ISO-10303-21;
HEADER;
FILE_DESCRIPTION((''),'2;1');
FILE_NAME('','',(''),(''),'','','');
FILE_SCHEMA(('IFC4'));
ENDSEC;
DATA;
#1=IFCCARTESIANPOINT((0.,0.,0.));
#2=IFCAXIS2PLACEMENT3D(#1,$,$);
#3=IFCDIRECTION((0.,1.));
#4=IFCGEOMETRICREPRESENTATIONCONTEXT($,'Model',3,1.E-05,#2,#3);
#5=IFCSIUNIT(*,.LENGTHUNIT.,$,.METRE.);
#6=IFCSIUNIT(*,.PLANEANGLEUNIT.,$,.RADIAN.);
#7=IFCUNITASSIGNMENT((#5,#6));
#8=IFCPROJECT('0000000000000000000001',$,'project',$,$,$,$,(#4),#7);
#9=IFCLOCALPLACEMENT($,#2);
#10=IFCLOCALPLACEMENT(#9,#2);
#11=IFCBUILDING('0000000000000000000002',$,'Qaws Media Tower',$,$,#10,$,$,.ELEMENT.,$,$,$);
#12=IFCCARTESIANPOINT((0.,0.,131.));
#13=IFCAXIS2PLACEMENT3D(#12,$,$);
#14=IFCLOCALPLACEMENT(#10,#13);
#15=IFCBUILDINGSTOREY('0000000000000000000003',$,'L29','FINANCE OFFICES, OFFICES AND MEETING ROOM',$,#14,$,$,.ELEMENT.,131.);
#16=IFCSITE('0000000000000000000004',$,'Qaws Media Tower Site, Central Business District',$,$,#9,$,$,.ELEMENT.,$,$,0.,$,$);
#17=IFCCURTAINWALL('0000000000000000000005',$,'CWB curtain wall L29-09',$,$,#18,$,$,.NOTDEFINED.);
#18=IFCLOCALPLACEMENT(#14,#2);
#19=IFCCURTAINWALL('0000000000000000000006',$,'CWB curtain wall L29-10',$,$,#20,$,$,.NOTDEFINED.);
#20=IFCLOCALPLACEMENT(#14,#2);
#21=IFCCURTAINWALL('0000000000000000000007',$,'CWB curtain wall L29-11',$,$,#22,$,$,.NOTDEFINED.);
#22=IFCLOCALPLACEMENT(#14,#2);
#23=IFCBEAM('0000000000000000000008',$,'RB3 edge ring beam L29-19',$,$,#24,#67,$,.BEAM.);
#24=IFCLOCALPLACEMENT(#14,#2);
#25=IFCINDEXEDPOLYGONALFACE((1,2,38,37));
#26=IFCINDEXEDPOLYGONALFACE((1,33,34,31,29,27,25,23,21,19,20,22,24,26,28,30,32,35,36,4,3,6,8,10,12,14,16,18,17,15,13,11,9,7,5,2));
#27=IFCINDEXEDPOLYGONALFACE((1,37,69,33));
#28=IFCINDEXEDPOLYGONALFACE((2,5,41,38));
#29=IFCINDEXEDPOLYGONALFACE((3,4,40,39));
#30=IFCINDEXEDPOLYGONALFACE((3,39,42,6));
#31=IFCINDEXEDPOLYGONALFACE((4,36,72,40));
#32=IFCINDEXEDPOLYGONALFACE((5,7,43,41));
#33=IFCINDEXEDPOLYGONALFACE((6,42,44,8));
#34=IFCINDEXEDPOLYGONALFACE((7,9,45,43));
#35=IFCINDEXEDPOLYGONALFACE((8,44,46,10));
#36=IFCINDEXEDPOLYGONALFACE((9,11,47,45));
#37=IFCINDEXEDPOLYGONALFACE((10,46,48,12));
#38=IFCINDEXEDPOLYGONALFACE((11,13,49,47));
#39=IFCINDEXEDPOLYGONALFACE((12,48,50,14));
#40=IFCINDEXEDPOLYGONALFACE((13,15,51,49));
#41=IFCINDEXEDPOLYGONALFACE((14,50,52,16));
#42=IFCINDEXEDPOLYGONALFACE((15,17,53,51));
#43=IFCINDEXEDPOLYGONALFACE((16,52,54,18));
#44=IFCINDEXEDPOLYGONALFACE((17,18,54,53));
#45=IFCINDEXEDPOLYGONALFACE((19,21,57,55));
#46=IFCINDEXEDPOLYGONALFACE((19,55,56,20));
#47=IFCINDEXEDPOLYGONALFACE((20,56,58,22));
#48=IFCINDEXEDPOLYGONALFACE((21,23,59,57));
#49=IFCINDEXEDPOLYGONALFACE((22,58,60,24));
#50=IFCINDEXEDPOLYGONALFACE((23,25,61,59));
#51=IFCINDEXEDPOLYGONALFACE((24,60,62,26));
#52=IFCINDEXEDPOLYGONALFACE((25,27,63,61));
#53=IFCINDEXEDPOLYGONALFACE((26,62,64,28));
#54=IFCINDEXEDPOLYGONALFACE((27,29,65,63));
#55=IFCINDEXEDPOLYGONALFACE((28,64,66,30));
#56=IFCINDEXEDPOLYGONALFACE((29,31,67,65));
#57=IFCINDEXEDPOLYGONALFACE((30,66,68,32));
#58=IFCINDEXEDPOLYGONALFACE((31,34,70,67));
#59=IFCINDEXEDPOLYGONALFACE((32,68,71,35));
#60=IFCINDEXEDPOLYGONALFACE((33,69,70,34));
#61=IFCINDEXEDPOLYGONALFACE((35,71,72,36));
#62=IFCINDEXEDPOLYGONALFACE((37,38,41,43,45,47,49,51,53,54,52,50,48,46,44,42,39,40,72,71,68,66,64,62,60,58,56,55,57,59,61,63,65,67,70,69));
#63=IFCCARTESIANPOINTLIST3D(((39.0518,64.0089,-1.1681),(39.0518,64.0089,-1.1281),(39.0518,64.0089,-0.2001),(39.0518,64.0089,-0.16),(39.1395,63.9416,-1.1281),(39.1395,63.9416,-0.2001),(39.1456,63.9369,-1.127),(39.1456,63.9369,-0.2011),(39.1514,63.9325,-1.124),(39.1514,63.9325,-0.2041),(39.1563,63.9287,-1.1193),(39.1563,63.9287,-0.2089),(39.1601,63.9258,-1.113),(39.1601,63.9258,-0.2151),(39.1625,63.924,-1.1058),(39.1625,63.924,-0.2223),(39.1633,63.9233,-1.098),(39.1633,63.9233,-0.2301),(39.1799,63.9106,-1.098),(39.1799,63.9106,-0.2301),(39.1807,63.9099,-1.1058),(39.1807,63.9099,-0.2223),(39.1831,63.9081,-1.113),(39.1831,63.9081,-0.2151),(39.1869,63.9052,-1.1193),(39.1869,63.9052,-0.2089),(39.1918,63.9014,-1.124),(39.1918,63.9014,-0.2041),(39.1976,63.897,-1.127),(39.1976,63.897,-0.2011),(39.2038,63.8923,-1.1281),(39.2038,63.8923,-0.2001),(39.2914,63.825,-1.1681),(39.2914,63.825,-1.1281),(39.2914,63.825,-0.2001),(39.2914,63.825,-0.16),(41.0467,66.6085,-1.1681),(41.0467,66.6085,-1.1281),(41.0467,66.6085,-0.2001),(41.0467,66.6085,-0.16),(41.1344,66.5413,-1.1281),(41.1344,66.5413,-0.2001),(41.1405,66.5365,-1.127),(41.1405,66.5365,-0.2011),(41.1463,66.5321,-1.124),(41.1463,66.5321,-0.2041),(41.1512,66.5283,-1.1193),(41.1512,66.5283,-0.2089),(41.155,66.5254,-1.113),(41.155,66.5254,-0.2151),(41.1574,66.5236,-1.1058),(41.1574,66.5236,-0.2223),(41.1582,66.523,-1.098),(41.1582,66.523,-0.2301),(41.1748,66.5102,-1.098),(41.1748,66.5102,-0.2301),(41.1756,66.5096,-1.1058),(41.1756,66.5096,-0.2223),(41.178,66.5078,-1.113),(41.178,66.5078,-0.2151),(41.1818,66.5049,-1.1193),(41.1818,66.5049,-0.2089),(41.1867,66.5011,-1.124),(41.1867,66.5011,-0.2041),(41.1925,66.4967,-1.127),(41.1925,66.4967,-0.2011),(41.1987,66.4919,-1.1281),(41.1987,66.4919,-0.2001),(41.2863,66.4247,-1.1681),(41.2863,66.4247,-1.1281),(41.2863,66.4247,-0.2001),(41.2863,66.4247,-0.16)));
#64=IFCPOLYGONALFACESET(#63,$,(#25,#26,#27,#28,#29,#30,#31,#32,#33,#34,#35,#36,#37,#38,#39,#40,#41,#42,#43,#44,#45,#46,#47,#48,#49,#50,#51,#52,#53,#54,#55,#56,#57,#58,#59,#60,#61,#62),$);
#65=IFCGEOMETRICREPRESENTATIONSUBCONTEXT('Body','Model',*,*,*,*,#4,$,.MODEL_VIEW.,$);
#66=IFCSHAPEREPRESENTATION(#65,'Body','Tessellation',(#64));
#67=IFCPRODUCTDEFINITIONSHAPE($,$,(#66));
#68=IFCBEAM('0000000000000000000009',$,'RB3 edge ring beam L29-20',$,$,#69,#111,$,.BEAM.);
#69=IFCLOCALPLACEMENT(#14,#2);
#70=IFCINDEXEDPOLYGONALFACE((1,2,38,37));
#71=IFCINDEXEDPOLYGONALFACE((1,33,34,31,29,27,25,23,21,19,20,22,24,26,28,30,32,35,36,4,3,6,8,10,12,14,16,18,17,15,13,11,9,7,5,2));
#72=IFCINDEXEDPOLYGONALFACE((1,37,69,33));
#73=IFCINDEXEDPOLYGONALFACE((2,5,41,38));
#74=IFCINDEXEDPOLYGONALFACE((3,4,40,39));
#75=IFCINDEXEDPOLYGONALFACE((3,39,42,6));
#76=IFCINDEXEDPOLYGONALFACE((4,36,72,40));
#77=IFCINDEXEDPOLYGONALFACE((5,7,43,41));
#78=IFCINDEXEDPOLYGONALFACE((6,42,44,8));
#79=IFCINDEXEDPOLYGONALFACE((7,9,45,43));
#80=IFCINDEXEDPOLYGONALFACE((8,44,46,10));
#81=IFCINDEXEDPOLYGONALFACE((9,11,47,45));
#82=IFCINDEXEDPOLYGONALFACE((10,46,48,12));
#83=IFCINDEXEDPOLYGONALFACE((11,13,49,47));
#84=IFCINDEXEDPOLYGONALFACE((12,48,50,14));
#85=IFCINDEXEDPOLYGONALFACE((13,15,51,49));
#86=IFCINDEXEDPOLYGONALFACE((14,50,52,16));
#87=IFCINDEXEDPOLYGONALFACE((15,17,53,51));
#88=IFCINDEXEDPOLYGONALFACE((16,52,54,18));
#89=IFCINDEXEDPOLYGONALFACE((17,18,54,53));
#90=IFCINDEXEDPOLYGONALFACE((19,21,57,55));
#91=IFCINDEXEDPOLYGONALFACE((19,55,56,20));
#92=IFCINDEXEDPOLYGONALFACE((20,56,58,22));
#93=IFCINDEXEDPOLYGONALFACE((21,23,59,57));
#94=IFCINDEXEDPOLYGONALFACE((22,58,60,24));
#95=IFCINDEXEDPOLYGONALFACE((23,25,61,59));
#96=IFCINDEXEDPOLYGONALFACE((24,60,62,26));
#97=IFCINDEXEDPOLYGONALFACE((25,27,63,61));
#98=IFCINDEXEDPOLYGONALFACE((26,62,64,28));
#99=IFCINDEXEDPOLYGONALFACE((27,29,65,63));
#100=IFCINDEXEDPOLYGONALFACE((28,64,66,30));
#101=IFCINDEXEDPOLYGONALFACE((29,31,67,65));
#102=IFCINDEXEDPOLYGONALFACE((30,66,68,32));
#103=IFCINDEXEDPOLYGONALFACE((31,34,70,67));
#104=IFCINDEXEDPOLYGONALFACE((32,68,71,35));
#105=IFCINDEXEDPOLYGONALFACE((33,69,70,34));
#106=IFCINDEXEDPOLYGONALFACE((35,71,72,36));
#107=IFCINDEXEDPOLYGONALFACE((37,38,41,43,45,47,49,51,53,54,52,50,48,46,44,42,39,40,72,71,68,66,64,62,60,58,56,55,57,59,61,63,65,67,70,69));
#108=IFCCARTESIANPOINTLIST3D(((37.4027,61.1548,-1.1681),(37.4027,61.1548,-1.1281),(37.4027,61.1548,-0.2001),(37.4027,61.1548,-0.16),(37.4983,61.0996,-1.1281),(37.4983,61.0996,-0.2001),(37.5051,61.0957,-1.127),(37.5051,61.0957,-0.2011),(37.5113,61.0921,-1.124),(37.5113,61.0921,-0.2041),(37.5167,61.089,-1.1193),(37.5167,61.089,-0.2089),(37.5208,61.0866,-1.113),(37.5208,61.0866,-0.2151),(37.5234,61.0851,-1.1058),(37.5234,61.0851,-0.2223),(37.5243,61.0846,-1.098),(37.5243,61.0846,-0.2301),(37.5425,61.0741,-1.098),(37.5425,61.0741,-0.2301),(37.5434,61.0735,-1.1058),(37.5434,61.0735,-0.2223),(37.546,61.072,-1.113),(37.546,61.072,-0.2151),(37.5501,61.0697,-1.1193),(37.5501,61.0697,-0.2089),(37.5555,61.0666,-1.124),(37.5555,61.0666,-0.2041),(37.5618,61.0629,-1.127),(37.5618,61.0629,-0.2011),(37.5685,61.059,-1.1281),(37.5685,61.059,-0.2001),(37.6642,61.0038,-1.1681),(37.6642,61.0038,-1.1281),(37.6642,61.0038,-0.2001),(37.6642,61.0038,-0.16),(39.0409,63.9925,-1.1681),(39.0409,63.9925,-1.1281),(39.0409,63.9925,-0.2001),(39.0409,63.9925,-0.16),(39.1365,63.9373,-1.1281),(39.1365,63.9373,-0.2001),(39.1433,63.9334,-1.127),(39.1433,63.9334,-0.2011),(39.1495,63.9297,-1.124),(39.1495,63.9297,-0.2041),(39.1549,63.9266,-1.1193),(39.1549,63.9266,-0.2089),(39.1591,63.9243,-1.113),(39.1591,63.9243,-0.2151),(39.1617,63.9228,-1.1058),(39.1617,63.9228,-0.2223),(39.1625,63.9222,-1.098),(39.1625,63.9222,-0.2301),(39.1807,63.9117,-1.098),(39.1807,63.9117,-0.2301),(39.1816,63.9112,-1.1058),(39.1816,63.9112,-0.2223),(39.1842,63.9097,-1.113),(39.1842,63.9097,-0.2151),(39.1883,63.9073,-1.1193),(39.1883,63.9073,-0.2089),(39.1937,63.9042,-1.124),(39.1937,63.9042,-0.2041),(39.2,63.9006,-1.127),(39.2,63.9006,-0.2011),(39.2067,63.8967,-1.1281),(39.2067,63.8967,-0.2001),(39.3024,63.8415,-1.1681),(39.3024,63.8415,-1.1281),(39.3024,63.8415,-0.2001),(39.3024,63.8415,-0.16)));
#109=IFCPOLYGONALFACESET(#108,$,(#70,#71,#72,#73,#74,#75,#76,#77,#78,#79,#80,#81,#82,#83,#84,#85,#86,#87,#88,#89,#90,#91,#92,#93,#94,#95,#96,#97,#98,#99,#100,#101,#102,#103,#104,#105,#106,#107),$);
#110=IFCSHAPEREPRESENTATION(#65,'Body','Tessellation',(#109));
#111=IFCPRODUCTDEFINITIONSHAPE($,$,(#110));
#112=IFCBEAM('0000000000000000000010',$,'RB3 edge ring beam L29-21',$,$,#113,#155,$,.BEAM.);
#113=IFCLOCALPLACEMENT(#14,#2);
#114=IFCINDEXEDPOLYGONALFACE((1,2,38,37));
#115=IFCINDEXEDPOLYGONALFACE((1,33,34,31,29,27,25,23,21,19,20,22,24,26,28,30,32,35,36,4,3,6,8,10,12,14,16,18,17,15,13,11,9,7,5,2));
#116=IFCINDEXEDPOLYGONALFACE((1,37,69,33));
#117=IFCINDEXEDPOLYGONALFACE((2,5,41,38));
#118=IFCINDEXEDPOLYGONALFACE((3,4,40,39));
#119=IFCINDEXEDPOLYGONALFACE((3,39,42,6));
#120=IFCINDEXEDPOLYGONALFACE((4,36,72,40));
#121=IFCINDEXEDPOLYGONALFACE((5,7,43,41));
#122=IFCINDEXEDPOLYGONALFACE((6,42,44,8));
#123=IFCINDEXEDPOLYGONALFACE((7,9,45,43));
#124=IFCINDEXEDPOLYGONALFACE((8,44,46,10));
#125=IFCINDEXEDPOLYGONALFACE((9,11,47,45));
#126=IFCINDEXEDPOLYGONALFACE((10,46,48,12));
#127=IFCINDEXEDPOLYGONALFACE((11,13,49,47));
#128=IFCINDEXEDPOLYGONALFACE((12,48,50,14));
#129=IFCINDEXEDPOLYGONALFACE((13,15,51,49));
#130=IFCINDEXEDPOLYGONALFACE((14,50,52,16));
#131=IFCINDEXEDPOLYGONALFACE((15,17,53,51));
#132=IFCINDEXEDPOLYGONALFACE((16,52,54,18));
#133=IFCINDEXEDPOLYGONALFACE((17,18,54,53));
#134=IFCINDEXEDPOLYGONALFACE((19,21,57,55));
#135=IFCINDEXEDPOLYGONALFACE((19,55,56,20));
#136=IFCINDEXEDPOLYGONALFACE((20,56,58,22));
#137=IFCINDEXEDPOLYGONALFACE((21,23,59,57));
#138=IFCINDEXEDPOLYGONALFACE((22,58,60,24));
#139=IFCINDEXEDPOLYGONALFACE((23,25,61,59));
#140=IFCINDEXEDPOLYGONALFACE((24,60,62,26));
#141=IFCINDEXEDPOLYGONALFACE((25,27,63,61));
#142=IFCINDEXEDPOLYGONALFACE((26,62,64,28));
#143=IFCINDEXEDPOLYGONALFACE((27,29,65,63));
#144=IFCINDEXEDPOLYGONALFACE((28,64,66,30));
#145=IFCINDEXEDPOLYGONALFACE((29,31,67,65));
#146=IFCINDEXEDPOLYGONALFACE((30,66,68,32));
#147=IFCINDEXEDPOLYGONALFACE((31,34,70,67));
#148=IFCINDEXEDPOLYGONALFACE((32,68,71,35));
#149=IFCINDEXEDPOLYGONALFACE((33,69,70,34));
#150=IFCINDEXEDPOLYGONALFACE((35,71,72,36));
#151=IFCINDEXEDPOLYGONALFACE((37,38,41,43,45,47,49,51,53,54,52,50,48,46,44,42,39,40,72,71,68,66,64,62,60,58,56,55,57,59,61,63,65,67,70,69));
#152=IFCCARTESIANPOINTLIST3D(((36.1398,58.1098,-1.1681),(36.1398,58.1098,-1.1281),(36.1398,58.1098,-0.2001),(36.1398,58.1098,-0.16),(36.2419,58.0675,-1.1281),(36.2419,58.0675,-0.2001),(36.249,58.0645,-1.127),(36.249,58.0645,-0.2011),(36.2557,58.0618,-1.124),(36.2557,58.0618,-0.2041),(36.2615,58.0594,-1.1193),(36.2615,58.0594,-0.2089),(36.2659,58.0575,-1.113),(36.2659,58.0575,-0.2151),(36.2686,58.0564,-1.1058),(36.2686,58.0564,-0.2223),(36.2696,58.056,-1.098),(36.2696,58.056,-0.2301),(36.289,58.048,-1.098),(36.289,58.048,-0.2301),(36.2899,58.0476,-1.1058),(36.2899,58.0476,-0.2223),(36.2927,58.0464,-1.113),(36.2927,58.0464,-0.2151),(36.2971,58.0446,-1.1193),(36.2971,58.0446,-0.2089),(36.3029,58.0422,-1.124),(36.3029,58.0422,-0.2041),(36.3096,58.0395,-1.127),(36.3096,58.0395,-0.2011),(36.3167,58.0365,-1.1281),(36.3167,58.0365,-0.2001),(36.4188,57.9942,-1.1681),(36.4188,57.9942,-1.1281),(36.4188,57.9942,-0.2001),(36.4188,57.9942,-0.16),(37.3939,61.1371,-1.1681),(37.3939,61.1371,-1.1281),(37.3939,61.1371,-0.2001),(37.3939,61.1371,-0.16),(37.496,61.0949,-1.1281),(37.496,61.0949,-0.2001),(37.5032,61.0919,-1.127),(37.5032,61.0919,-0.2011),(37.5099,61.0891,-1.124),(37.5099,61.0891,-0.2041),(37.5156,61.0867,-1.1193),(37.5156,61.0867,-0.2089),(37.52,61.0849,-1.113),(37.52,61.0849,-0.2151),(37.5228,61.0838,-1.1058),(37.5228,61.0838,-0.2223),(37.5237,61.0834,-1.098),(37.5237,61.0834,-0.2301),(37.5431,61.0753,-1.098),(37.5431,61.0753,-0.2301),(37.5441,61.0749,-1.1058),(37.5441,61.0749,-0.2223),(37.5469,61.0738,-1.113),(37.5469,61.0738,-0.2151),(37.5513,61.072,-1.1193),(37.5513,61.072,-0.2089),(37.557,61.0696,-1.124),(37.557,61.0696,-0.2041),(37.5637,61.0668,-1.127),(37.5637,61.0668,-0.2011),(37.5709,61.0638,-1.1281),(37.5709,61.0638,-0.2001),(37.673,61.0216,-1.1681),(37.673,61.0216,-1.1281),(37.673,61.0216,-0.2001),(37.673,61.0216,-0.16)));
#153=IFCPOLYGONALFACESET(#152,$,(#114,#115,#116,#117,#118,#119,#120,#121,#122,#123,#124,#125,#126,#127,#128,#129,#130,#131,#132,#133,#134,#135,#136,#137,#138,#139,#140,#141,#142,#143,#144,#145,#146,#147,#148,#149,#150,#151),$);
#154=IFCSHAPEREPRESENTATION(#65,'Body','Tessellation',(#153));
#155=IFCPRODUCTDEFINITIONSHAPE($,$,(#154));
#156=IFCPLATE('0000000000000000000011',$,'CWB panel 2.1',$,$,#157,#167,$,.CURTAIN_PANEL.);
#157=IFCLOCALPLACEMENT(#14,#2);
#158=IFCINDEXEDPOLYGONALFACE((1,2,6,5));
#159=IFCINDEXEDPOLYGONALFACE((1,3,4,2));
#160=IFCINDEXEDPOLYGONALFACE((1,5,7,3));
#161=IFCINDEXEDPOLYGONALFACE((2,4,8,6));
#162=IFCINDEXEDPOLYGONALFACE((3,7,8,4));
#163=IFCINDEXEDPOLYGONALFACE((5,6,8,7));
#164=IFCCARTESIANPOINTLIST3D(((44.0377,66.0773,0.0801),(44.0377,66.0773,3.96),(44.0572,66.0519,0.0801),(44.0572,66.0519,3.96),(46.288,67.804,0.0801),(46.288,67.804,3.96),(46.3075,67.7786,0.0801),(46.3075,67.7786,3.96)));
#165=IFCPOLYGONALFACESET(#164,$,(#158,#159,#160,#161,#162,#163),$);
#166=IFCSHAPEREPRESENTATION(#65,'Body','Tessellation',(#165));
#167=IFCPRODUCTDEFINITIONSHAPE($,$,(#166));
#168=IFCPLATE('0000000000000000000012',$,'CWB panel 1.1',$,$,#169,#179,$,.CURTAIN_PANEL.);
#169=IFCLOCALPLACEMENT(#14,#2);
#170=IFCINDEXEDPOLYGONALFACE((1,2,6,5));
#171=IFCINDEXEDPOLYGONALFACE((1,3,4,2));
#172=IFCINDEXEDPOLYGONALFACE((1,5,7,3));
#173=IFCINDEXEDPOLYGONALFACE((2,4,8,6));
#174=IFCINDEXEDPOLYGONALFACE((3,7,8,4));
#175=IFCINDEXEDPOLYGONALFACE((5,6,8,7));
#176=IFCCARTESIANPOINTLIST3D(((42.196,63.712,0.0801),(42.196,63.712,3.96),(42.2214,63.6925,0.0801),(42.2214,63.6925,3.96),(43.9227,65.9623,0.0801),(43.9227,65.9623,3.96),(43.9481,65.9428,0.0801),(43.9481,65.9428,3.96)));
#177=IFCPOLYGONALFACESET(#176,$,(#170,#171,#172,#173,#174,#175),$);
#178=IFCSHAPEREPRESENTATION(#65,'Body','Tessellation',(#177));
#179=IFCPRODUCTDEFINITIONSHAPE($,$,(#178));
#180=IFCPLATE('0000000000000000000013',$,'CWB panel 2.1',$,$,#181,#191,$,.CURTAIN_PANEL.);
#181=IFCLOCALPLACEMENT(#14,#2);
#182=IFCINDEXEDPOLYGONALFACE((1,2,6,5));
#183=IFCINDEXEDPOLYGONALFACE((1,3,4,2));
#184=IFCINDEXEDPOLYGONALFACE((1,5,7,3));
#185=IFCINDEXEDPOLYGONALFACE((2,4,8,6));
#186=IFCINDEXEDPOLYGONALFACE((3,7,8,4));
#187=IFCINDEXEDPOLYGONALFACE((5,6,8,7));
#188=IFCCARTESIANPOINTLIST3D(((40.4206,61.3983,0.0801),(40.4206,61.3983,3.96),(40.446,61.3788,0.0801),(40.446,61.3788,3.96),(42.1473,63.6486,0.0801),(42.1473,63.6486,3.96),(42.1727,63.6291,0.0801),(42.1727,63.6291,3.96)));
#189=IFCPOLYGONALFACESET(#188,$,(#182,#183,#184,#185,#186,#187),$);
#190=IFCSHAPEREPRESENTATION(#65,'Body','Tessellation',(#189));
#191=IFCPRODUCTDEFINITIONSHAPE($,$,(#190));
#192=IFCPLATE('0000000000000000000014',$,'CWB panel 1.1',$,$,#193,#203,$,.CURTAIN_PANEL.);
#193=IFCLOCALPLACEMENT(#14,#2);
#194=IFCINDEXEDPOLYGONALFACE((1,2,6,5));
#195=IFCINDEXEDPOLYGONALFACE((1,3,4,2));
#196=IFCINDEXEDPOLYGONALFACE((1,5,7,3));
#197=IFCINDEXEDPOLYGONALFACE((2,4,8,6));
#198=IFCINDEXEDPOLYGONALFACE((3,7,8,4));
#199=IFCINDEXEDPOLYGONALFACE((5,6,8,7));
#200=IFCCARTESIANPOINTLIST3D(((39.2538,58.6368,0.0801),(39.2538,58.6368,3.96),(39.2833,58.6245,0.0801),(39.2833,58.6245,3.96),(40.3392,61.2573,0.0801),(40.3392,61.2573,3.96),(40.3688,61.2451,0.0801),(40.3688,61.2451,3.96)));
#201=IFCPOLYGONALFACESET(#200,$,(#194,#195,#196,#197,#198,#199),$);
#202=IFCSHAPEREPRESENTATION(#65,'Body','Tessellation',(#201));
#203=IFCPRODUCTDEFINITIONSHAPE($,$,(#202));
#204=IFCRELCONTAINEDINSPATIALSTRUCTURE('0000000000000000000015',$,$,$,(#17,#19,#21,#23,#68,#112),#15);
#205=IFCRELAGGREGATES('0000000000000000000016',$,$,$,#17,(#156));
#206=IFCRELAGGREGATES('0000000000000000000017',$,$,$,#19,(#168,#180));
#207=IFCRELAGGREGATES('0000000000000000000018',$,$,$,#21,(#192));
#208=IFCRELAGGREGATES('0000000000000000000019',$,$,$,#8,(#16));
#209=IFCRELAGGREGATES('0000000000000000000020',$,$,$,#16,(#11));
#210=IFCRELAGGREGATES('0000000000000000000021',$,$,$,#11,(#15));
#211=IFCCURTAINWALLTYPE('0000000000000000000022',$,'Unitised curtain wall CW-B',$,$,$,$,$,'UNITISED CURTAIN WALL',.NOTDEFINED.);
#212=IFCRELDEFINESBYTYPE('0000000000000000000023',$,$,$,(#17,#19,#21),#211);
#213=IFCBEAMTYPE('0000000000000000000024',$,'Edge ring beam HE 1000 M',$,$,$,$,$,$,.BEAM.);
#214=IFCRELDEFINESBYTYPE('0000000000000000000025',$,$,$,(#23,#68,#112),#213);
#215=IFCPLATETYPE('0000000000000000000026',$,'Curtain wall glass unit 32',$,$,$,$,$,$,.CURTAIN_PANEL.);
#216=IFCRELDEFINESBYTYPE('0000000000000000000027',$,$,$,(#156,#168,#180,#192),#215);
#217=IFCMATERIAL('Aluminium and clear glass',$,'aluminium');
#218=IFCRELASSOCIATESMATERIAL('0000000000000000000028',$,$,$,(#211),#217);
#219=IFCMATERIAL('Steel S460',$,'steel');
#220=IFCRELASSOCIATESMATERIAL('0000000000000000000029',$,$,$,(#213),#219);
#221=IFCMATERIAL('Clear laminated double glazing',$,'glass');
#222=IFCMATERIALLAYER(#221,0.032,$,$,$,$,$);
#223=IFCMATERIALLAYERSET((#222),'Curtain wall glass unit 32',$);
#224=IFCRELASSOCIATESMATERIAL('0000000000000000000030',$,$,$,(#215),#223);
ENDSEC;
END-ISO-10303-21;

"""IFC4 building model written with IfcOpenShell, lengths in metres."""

from ifc_helpers import new_model, si_unit, direction, frame, origin, origin_2d, place, context, subcontext, project, spatial, rectangle, i_section, extrude, material, layer, layer_set, material_profile, profile_set, type_object, element, aggregate, save


model = new_model("IFC4")

# Units and contexts
model_context = context("Model", 3, precision=1e-05, world=origin(), true_north=direction((0.0, 1.0)))
body_context = subcontext(model_context, "Body", "Model", "MODEL_VIEW")
ifc_project = project(units=[si_unit("LENGTHUNIT", "METRE"), si_unit("PLANEANGLEUNIT", "RADIAN")], contexts=[model_context])

# Site, building, storey
site_placement = place(None, origin())
site = spatial("IfcSite", under=ifc_project, at=site_placement, Name="Qaws Media Tower Site, Central Business District", CompositionType="ELEMENT", RefElevation=0.0)
building_placement = place(site_placement, origin())
building = spatial("IfcBuilding", under=site, at=building_placement, Name="Qaws Media Tower", CompositionType="ELEMENT")
storey_placement = place(building_placement, frame((0.0, 0.0, 131.0)))
storey = spatial("IfcBuildingStorey", under=building, at=storey_placement, Name="L29", Description="FINANCE OFFICES, OFFICES AND MEETING ROOM", CompositionType="ELEMENT", Elevation=131.0)

# Curtain wall
ifc_material_1 = material(Name="Aluminium and clear glass", Category="aluminium")
curtain_wall_type = type_object("IfcCurtainWallType", Name="Unitised curtain wall CW-B", ElementType="UNITISED CURTAIN WALL", PredefinedType="NOTDEFINED", material=ifc_material_1)
curtain_wall_1_placement = place(storey_placement, origin())
curtain_wall_1 = element("IfcCurtainWall", 1, at=curtain_wall_1_placement, inside=storey, type_object=curtain_wall_type, Name="CWB curtain wall L29-09", PredefinedType="NOTDEFINED")

# Curtain wall
curtain_wall_2_placement = place(storey_placement, origin())
curtain_wall_2 = element("IfcCurtainWall", 2, at=curtain_wall_2_placement, inside=storey, type_object=curtain_wall_type, Name="CWB curtain wall L29-10", PredefinedType="NOTDEFINED")

# Curtain wall
curtain_wall_3_placement = place(storey_placement, origin())
curtain_wall_3 = element("IfcCurtainWall", 3, at=curtain_wall_3_placement, inside=storey, type_object=curtain_wall_type, Name="CWB curtain wall L29-11", PredefinedType="NOTDEFINED")

# Beams
ifc_material_2 = material(Name="Steel S460", Category="steel")
ifc_material_profile_1 = material_profile(ifc_material_2, i_section(OverallWidth=0.302, OverallDepth=1.0081, WebThickness=0.021, FlangeThickness=0.04, FilletRadius=0.03, at=origin_2d()), Name="HE 1000 M")
ifc_profile_set_1 = profile_set([ifc_material_profile_1], Name="Steel S460")
beam_type = type_object("IfcBeamType", Name="Edge ring beam HE 1000 M", PredefinedType="BEAM", material=ifc_profile_set_1)
beam_1_placement = place(storey_placement, frame((41.1665, 66.5166, -0.6641), z_axis=(-0.608785, -0.793335, 0.0), x_axis=(0.793335, -0.608785, 0.0)))
element("IfcBeam", 4, at=beam_1_placement, inside=storey, type_object=beam_type, Name="RB3 edge ring beam L29-19", PredefinedType="BEAM", context=body_context, shape_type="SweptSolid", body=[
    extrude(i_section(OverallWidth=0.302, OverallDepth=1.0081, WebThickness=0.021, FlangeThickness=0.04, FilletRadius=0.03, at=origin_2d()), origin(), (0.0, 0.0, 1.0), 3.2769),
])
beam_2_placement = place(storey_placement, frame((39.1716, 63.917, -0.6641), z_axis=(-0.49997, -0.866043, 0.0), x_axis=(0.866043, -0.49997, 0.0)))
element("IfcBeam", 5, at=beam_2_placement, inside=storey, type_object=beam_type, Name="RB3 edge ring beam L29-20", PredefinedType="BEAM", context=body_context, shape_type="SweptSolid", body=[
    extrude(i_section(OverallWidth=0.302, OverallDepth=1.0081, WebThickness=0.021, FlangeThickness=0.04, FilletRadius=0.03, at=origin_2d()), origin(), (0.0, 0.0, 1.0), 3.2766),
])
beam_3_placement = place(storey_placement, frame((37.5334, 61.0793, -0.6641), z_axis=(-0.382731, -0.92386, 0.0), x_axis=(0.92386, -0.382731, 0.0)))
element("IfcBeam", 6, at=beam_3_placement, inside=storey, type_object=beam_type, Name="RB3 edge ring beam L29-21", PredefinedType="BEAM", context=body_context, shape_type="SweptSolid", body=[
    extrude(i_section(OverallWidth=0.302, OverallDepth=1.0081, WebThickness=0.021, FlangeThickness=0.04, FilletRadius=0.03, at=origin_2d()), origin(), (0.0, 0.0, 1.0), 3.2769),
])

# Plates
ifc_material_3 = material(Name="Clear laminated double glazing", Category="glass")
ifc_layer_1 = layer(ifc_material_3, 0.032)
ifc_layer_set_1 = layer_set([ifc_layer_1], Name="Curtain wall glass unit 32")
plate_type_1 = type_object("IfcPlateType", Name="Curtain wall glass unit 32", PredefinedType="CURTAIN_PANEL", material=ifc_layer_set_1)
plate_1_placement = place(storey_placement, frame((45.1726, 66.928, 0.0801), z_axis=(0.0, 0.0, 1.0), x_axis=(-0.793353, -0.608761, 0.0)))
plate_1 = element("IfcPlate", 7, at=plate_1_placement, type_object=plate_type_1, Name="CWB panel 2.1", PredefinedType="CURTAIN_PANEL", context=body_context, shape_type="SweptSolid", body=[
    extrude(rectangle(XDim=2.8364, YDim=0.032, at=origin_2d()), origin(), (0.0, 0.0, 1.0), 3.8799),
])
aggregate(curtain_wall_1, [plate_1])
plate_2_placement = place(storey_placement, frame((43.072, 64.8274, 0.0801), z_axis=(0.0, 0.0, 1.0), x_axis=(-0.608761, -0.793353, 0.0)))
plate_2 = element("IfcPlate", 8, at=plate_2_placement, type_object=plate_type_1, Name="CWB panel 1.1", PredefinedType="CURTAIN_PANEL", context=body_context, shape_type="SweptSolid", body=[
    extrude(rectangle(XDim=2.8364, YDim=0.032, at=origin_2d()), origin(), (0.0, 0.0, 1.0), 3.8799),
])
plate_3_placement = place(storey_placement, frame((41.2966, 62.5137, 0.0801), z_axis=(0.0, 0.0, 1.0), x_axis=(-0.608761, -0.793353, 0.0)))
plate_3 = element("IfcPlate", 9, at=plate_3_placement, type_object=plate_type_1, Name="CWB panel 2.1", PredefinedType="CURTAIN_PANEL", context=body_context, shape_type="SweptSolid", body=[
    extrude(rectangle(XDim=2.8364, YDim=0.032, at=origin_2d()), origin(), (0.0, 0.0, 1.0), 3.8799),
])
aggregate(curtain_wall_2, [plate_2, plate_3])
plate_4_placement = place(storey_placement, frame((39.8113, 59.9409, 0.0801), z_axis=(0.0, 0.0, 1.0), x_axis=(-0.382683, -0.92388, 0.0)))
plate_4 = element("IfcPlate", 10, at=plate_4_placement, type_object=plate_type_1, Name="CWB panel 1.1", PredefinedType="CURTAIN_PANEL", context=body_context, shape_type="SweptSolid", body=[
    extrude(rectangle(XDim=2.8364, YDim=0.032, at=origin_2d()), origin(), (0.0, 0.0, 1.0), 3.8799),
])
aggregate(curtain_wall_3, [plate_4])

save(model, "model.ifc")
